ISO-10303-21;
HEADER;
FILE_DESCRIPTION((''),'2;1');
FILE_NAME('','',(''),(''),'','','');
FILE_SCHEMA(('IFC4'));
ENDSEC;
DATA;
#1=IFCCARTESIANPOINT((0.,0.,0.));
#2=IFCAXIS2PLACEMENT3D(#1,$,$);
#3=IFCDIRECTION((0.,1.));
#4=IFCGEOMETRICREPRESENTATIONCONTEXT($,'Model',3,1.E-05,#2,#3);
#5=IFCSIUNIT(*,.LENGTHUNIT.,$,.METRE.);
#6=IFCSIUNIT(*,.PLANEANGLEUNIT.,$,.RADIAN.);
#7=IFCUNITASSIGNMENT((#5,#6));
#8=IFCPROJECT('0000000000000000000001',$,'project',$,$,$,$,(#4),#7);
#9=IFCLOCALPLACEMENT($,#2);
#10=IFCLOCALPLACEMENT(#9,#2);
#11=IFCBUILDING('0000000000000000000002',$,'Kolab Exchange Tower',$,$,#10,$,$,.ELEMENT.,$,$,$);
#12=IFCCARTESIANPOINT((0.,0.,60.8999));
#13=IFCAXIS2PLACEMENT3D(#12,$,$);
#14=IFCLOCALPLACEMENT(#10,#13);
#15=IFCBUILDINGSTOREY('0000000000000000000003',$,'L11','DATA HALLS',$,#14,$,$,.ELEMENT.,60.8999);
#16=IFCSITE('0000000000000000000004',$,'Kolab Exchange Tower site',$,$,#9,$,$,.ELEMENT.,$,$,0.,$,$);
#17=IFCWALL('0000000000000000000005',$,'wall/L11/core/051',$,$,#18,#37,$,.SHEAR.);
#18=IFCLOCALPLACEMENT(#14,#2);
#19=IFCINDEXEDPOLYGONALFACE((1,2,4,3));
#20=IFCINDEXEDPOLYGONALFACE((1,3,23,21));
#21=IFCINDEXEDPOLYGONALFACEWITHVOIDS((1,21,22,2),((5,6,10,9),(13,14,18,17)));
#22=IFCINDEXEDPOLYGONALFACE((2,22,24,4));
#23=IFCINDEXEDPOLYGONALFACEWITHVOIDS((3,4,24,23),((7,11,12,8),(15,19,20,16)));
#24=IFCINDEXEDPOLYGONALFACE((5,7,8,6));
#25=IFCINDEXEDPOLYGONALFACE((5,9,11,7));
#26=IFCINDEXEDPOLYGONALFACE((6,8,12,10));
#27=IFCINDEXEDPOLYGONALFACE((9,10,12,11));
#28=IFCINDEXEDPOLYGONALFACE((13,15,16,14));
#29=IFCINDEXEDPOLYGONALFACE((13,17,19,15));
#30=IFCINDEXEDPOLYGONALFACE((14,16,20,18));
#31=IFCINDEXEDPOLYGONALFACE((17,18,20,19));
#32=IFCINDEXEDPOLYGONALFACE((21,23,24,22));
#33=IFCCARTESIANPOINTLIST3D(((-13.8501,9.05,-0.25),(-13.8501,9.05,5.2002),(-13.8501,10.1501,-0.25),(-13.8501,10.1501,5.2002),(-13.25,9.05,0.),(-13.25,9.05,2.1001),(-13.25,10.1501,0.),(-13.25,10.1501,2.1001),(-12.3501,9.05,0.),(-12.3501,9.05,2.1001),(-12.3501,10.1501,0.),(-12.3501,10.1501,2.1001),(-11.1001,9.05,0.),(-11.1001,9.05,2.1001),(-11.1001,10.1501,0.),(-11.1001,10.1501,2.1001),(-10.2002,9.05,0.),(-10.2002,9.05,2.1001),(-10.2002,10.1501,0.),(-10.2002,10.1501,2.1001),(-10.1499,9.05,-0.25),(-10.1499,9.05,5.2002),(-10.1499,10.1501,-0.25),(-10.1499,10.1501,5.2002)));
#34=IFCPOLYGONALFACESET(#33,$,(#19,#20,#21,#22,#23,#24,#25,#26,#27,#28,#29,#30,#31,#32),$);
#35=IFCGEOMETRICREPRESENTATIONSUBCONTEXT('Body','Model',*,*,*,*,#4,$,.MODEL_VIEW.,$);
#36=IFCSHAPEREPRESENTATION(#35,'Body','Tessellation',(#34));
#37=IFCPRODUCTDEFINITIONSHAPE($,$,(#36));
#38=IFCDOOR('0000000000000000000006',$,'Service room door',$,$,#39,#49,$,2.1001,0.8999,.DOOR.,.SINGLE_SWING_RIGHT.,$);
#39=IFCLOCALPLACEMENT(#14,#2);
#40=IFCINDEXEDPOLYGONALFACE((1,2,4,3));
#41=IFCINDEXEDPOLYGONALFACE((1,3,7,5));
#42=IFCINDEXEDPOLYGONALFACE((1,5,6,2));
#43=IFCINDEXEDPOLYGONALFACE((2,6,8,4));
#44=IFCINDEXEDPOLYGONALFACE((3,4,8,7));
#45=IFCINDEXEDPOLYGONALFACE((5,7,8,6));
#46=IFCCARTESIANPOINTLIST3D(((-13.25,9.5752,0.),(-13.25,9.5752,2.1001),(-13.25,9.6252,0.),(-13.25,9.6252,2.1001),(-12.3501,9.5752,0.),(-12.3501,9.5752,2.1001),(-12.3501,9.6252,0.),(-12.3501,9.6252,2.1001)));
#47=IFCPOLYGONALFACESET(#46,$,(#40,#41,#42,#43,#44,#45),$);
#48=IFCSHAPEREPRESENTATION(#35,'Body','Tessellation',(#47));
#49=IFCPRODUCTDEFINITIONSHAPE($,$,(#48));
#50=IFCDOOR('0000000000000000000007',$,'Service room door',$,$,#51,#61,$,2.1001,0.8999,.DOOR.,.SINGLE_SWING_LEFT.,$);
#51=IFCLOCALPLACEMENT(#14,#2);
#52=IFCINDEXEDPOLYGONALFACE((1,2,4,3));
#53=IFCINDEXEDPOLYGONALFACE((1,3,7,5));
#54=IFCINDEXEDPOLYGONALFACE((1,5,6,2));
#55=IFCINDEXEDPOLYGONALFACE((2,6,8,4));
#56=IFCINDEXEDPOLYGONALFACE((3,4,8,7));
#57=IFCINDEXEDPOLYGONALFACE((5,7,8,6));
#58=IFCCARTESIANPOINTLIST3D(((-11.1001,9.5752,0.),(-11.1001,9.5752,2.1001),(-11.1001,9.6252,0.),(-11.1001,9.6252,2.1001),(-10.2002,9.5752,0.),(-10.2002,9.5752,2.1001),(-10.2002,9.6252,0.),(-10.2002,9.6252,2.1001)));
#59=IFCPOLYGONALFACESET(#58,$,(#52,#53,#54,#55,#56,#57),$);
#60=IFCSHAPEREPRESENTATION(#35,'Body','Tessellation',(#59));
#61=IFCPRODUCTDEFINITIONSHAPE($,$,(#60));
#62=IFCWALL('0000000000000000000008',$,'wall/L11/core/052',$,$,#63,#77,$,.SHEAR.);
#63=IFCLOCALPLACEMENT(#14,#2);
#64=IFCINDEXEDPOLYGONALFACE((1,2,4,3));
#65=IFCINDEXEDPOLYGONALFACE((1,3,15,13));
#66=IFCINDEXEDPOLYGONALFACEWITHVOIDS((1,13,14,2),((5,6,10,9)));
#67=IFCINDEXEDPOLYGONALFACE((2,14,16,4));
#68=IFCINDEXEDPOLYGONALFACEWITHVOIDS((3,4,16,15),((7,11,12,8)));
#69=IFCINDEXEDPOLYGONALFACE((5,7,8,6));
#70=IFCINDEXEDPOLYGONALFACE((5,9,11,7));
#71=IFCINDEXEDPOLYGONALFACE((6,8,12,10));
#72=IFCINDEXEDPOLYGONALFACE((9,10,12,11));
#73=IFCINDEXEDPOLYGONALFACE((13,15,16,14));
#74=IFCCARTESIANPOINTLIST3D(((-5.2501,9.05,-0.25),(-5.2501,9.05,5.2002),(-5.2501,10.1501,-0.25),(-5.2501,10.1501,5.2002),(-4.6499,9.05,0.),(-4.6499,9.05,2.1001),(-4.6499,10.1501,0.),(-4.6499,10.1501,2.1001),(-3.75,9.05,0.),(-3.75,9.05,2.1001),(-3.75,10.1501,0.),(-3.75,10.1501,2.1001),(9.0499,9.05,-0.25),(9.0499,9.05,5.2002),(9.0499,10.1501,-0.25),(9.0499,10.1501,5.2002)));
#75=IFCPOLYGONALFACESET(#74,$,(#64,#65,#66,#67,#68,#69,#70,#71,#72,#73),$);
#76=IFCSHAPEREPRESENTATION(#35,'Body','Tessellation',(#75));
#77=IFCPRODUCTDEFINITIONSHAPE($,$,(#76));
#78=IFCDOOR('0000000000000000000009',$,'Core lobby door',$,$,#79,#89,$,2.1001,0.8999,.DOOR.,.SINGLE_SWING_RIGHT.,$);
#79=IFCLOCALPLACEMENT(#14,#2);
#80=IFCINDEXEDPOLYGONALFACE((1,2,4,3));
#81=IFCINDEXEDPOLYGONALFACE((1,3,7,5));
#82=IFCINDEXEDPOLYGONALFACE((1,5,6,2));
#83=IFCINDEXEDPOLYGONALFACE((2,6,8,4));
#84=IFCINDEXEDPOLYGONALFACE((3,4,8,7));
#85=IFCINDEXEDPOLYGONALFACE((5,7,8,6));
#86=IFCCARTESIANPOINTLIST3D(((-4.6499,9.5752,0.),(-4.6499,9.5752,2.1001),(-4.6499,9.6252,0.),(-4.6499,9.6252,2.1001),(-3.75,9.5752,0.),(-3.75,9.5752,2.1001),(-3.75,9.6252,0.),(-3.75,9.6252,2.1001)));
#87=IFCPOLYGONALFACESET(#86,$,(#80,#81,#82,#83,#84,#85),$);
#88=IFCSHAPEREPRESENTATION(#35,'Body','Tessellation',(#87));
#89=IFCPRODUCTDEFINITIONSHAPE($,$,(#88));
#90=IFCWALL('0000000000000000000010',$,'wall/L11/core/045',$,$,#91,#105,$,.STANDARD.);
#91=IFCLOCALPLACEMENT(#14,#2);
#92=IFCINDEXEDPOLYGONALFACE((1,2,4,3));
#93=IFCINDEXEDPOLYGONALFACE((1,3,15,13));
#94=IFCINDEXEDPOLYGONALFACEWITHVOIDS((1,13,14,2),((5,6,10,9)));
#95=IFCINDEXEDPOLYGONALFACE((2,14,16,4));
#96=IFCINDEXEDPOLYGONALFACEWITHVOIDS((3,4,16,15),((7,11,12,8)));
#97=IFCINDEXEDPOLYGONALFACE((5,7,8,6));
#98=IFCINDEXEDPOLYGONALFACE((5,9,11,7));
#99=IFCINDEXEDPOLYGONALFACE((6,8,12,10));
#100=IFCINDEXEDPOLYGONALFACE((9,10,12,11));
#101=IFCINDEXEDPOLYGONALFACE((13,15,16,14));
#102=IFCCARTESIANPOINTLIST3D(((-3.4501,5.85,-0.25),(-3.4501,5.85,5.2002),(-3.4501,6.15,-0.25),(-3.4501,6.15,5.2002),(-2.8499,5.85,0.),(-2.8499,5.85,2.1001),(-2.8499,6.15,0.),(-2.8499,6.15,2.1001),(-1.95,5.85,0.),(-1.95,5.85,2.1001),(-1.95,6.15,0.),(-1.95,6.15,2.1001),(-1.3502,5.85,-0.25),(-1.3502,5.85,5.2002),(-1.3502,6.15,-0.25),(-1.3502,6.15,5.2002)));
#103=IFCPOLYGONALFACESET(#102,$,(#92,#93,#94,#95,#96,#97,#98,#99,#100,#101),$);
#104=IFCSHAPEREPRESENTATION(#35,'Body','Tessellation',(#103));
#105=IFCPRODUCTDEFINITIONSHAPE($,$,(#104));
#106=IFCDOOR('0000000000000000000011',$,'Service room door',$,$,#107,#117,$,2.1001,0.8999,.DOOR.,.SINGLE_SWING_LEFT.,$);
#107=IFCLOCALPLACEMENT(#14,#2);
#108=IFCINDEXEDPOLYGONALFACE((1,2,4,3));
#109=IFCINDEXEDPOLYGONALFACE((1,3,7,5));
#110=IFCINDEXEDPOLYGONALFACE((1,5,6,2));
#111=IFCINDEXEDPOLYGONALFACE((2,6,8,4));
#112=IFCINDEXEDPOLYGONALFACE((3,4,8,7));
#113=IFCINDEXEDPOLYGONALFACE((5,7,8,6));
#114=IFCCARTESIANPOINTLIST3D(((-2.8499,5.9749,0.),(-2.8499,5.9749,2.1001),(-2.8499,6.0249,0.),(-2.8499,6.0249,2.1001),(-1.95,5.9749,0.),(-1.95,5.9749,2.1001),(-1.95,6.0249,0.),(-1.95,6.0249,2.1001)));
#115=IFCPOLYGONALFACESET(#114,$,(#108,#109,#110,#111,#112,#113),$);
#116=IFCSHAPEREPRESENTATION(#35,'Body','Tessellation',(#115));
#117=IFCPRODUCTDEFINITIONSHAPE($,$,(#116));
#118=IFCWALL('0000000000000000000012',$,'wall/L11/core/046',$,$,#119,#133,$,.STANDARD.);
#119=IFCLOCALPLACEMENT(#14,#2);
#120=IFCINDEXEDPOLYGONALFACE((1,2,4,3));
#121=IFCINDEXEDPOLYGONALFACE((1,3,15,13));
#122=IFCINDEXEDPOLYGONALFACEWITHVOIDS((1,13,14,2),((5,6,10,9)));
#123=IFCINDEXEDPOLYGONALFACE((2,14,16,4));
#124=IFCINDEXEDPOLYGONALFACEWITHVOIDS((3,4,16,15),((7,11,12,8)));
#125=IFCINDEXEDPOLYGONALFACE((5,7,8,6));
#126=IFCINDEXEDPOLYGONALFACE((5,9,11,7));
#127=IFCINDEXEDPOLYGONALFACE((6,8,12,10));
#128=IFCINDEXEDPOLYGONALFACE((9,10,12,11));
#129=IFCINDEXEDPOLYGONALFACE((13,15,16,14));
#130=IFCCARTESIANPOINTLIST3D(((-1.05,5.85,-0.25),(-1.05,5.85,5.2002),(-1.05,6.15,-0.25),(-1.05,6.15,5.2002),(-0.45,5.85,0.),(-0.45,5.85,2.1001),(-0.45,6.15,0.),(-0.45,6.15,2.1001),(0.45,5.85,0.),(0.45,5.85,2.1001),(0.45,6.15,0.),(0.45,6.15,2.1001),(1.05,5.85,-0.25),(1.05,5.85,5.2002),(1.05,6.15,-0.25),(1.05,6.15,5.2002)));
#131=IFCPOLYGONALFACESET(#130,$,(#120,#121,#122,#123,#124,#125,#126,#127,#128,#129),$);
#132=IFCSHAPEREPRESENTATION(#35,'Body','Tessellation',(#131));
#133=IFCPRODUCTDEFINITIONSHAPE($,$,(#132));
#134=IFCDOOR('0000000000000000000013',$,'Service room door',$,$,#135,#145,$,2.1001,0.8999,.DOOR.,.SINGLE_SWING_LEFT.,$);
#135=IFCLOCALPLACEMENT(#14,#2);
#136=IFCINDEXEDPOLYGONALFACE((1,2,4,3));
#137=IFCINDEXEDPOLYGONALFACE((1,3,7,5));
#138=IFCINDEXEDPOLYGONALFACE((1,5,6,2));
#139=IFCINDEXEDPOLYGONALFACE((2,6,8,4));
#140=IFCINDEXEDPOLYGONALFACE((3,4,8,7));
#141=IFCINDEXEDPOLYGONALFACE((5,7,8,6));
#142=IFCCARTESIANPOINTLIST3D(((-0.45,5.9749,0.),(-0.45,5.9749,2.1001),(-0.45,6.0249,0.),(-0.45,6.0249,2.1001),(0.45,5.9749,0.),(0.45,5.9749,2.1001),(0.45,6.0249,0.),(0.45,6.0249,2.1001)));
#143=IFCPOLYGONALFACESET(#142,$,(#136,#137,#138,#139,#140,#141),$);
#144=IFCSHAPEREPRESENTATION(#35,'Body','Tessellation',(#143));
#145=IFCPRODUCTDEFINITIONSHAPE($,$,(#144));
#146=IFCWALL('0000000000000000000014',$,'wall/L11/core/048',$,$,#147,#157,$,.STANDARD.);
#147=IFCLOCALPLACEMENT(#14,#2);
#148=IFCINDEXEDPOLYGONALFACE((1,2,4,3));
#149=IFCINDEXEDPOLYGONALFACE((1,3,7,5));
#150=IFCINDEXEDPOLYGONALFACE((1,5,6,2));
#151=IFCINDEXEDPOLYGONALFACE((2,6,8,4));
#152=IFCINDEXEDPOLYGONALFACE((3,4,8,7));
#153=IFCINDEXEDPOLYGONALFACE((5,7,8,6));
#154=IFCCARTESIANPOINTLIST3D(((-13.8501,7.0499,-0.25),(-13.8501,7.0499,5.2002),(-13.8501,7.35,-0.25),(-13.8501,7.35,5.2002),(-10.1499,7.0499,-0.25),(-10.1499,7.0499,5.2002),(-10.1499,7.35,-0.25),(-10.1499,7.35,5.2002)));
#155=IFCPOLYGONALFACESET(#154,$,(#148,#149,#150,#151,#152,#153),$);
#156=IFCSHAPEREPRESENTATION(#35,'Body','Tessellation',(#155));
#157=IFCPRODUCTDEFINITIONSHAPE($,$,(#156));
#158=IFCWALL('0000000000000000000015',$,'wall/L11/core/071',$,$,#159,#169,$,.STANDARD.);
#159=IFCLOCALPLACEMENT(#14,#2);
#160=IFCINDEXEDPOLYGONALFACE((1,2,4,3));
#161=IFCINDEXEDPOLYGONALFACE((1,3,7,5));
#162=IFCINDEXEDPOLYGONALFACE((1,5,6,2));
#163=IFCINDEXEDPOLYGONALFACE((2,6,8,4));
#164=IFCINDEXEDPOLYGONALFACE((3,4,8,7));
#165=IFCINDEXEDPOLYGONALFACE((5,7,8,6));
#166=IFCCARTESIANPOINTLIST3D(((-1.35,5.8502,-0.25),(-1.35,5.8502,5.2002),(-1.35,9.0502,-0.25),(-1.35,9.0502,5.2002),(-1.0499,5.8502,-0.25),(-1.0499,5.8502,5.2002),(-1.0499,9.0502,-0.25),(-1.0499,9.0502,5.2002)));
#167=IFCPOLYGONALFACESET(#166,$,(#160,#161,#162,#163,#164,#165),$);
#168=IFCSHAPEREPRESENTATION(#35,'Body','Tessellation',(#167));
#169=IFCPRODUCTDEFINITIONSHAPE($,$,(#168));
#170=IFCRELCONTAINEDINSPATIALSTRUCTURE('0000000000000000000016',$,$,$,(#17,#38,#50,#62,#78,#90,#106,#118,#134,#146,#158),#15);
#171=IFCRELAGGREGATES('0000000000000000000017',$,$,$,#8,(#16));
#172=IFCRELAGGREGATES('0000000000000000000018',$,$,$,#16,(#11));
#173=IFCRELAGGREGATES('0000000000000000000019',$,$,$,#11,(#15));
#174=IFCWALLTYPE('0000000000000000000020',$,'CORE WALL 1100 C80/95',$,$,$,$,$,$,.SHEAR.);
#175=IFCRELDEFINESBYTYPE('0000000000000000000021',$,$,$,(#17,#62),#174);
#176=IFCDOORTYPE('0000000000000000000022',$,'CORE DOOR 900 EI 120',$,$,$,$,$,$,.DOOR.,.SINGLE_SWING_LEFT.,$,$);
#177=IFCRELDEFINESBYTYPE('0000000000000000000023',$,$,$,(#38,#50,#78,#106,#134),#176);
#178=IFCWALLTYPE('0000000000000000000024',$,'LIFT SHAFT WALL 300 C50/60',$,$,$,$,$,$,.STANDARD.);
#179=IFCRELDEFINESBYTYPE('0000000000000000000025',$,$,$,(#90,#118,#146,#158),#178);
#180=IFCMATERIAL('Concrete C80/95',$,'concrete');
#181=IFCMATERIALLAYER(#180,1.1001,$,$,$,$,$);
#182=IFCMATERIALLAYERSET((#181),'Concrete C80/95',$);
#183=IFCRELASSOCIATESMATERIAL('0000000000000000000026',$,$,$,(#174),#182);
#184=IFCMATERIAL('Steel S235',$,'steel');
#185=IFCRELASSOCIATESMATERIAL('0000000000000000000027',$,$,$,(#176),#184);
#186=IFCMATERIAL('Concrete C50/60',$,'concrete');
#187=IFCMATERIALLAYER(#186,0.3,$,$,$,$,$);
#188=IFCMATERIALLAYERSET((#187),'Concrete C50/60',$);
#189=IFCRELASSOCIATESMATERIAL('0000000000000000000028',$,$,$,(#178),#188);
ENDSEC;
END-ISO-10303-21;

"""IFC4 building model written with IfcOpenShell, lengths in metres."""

from ifc_helpers import new_model, si_unit, direction, frame, frame_2d, origin, place, context, subcontext, project, spatial, rectangle, extrude, material, layer, layer_set, type_object, element, fill, save


model = new_model("IFC4")

# Units and contexts
model_context = context("Model", 3, precision=1e-05, world=origin(), true_north=direction((0.0, 1.0)))
body_context = subcontext(model_context, "Body", "Model", "MODEL_VIEW")
ifc_project = project(units=[si_unit("LENGTHUNIT", "METRE"), si_unit("PLANEANGLEUNIT", "RADIAN")], contexts=[model_context])

# Site, building, storey
site_placement = place(None, origin())
site = spatial("IfcSite", under=ifc_project, at=site_placement, Name="Kolab Exchange Tower site", CompositionType="ELEMENT", RefElevation=0.0)
building_placement = place(site_placement, origin())
building = spatial("IfcBuilding", under=site, at=building_placement, Name="Kolab Exchange Tower", CompositionType="ELEMENT")
storey_placement = place(building_placement, frame((0.0, 0.0, 60.8999)))
storey = spatial("IfcBuildingStorey", under=building, at=storey_placement, Name="L11", Description="DATA HALLS", CompositionType="ELEMENT", Elevation=60.8999)

# Shared definitions
ifc_material_1 = material(Name="Concrete C80/95", Category="concrete")

# Wall, openings, doors
ifc_layer_1 = layer(ifc_material_1, 1.1001)
ifc_layer_set_1 = layer_set([ifc_layer_1], Name="Concrete C80/95")
wall_type_1 = type_object("IfcWallType", Name="CORE WALL 1100 C80/95", PredefinedType="SHEAR", material=ifc_layer_set_1)
wall_1_placement = place(storey_placement, frame((-13.8501, 9.6001, -0.25), z_axis=(0.0, 0.0, 1.0), x_axis=(1.0, 0.0, 0.0)))
wall_1 = element("IfcWall", 1, at=wall_1_placement, inside=storey, type_object=wall_type_1, Name="wall/L11/core/051", PredefinedType="SHEAR", context=body_context, shape_type="SweptSolid", body=[
    extrude(rectangle(XDim=3.7002, YDim=1.1001, at=frame_2d((1.8501, 0.0))), origin(), (0.0, 0.0, 1.0), 5.4502),
])
opening_1_placement = place(wall_1_placement, frame((0.6001, 0.0, 0.25)))
opening_1 = element("IfcOpeningElement", 2, at=opening_1_placement, cuts=wall_1, PredefinedType="OPENING", context=body_context, shape_type="SweptSolid", body=[
    extrude(rectangle(XDim=0.8999, YDim=2.1001, at=frame_2d((0.45, 1.05))), frame((0.0, 0.5601, 0.0), z_axis=(0.0, -1.0, 0.0), x_axis=(1.0, 0.0, 0.0)), (0.0, 0.0, 1.0), 1.1201),
])
opening_2_placement = place(wall_1_placement, frame((2.75, 0.0, 0.25)))
opening_2 = element("IfcOpeningElement", 3, at=opening_2_placement, cuts=wall_1, PredefinedType="OPENING", context=body_context, shape_type="SweptSolid", body=[
    extrude(rectangle(XDim=0.8999, YDim=2.1001, at=frame_2d((0.45, 1.05))), frame((0.0, 0.5601, 0.0), z_axis=(0.0, -1.0, 0.0), x_axis=(1.0, 0.0, 0.0)), (0.0, 0.0, 1.0), 1.1201),
])
ifc_material_2 = material(Name="Steel S235", Category="steel")
door_type = type_object("IfcDoorType", Name="CORE DOOR 900 EI 120", OperationType="SINGLE_SWING_LEFT", PredefinedType="DOOR", material=ifc_material_2)
door_1_placement = place(opening_1_placement, frame((0.8999, 0.0, 0.0), z_axis=(0.0, 0.0, 1.0), x_axis=(-1.0, 0.0, 0.0)))
door_1 = element("IfcDoor", 4, at=door_1_placement, inside=storey, type_object=door_type, Name="Service room door", OperationType="SINGLE_SWING_RIGHT", OverallHeight=2.1001, OverallWidth=0.8999, PredefinedType="DOOR", context=body_context, shape_type="SweptSolid", body=[
    extrude(rectangle(XDim=0.8999, YDim=2.1001, at=frame_2d((0.45, 1.05))), frame((0.0, 0.0249, 0.0), z_axis=(0.0, -1.0, 0.0), x_axis=(1.0, 0.0, 0.0)), (0.0, 0.0, 1.0), 0.05),
])
fill(opening_1, door_1)
door_2_placement = place(opening_2_placement, frame((0.8999, 0.0, 0.0), z_axis=(0.0, 0.0, 1.0), x_axis=(-1.0, 0.0, 0.0)))
door_2 = element("IfcDoor", 5, at=door_2_placement, inside=storey, type_object=door_type, Name="Service room door", OperationType="SINGLE_SWING_LEFT", OverallHeight=2.1001, OverallWidth=0.8999, PredefinedType="DOOR", context=body_context, shape_type="SweptSolid", body=[
    extrude(rectangle(XDim=0.8999, YDim=2.1001, at=frame_2d((0.45, 1.05))), frame((0.0, 0.0249, 0.0), z_axis=(0.0, -1.0, 0.0), x_axis=(1.0, 0.0, 0.0)), (0.0, 0.0, 1.0), 0.05),
])
fill(opening_2, door_2)

# Walls, openings, doors
wall_2_placement = place(storey_placement, frame((-5.25, 9.6001, -0.25), z_axis=(0.0, 0.0, 1.0), x_axis=(1.0, 0.0, 0.0)))
wall_2 = element("IfcWall", 6, at=wall_2_placement, inside=storey, type_object=wall_type_1, Name="wall/L11/core/052", PredefinedType="SHEAR", context=body_context, shape_type="SweptSolid", body=[
    extrude(rectangle(XDim=14.3, YDim=1.1001, at=frame_2d((7.1499, 0.0))), origin(), (0.0, 0.0, 1.0), 5.4502),
])
opening_3_placement = place(wall_2_placement, frame((0.6001, 0.0, 0.25)))
opening_3 = element("IfcOpeningElement", 7, at=opening_3_placement, cuts=wall_2, PredefinedType="OPENING", context=body_context, shape_type="SweptSolid", body=[
    extrude(rectangle(XDim=0.8999, YDim=2.1001, at=frame_2d((0.45, 1.05))), frame((0.0, 0.5601, 0.0), z_axis=(0.0, -1.0, 0.0), x_axis=(1.0, 0.0, 0.0)), (0.0, 0.0, 1.0), 1.1201),
])
door_3_placement = place(opening_3_placement, frame((0.8999, 0.0, 0.0), z_axis=(0.0, 0.0, 1.0), x_axis=(-1.0, 0.0, 0.0)))
door_3 = element("IfcDoor", 8, at=door_3_placement, inside=storey, type_object=door_type, Name="Core lobby door", OperationType="SINGLE_SWING_RIGHT", OverallHeight=2.1001, OverallWidth=0.8999, PredefinedType="DOOR", context=body_context, shape_type="SweptSolid", body=[
    extrude(rectangle(XDim=0.8999, YDim=2.1001, at=frame_2d((0.45, 1.05))), frame((0.0, 0.0249, 0.0), z_axis=(0.0, -1.0, 0.0), x_axis=(1.0, 0.0, 0.0)), (0.0, 0.0, 1.0), 0.05),
])
fill(opening_3, door_3)
ifc_material_3 = material(Name="Concrete C50/60", Category="concrete")
ifc_layer_2 = layer(ifc_material_3, 0.3)
ifc_layer_set_2 = layer_set([ifc_layer_2], Name="Concrete C50/60")
wall_type_2 = type_object("IfcWallType", Name="LIFT SHAFT WALL 300 C50/60", PredefinedType="STANDARD", material=ifc_layer_set_2)
wall_3_placement = place(storey_placement, frame((-3.45, 6.0, -0.25), z_axis=(0.0, 0.0, 1.0), x_axis=(1.0, 0.0, 0.0)))
wall_3 = element("IfcWall", 9, at=wall_3_placement, inside=storey, type_object=wall_type_2, Name="wall/L11/core/045", PredefinedType="STANDARD", context=body_context, shape_type="SweptSolid", body=[
    extrude(rectangle(XDim=2.0999, YDim=0.3, at=frame_2d((1.0498, 0.0))), origin(), (0.0, 0.0, 1.0), 5.4502),
])
opening_4_placement = place(wall_3_placement, frame((0.6001, 0.0, 0.25)))
opening_4 = element("IfcOpeningElement", 10, at=opening_4_placement, cuts=wall_3, PredefinedType="OPENING", context=body_context, shape_type="SweptSolid", body=[
    extrude(rectangle(XDim=0.8999, YDim=2.1001, at=frame_2d((0.45, 1.05))), frame((0.0, 0.1602, 0.0), z_axis=(0.0, -1.0, 0.0), x_axis=(1.0, 0.0, 0.0)), (0.0, 0.0, 1.0), 0.3201),
])
door_4_placement = place(opening_4_placement, origin())
door_4 = element("IfcDoor", 11, at=door_4_placement, inside=storey, type_object=door_type, Name="Service room door", OperationType="SINGLE_SWING_LEFT", OverallHeight=2.1001, OverallWidth=0.8999, PredefinedType="DOOR", context=body_context, shape_type="SweptSolid", body=[
    extrude(rectangle(XDim=0.8999, YDim=2.1001, at=frame_2d((0.45, 1.05))), frame((0.0, 0.0249, 0.0), z_axis=(0.0, -1.0, 0.0), x_axis=(1.0, 0.0, 0.0)), (0.0, 0.0, 1.0), 0.05),
])
fill(opening_4, door_4)
wall_4_placement = place(storey_placement, frame((-1.05, 6.0, -0.25), z_axis=(0.0, 0.0, 1.0), x_axis=(1.0, 0.0, 0.0)))
wall_4 = element("IfcWall", 12, at=wall_4_placement, inside=storey, type_object=wall_type_2, Name="wall/L11/core/046", PredefinedType="STANDARD", context=body_context, shape_type="SweptSolid", body=[
    extrude(rectangle(XDim=2.1001, YDim=0.3, at=frame_2d((1.05, 0.0))), origin(), (0.0, 0.0, 1.0), 5.4502),
])
opening_5_placement = place(wall_4_placement, frame((0.6001, 0.0, 0.25)))
opening_5 = element("IfcOpeningElement", 13, at=opening_5_placement, cuts=wall_4, PredefinedType="OPENING", context=body_context, shape_type="SweptSolid", body=[
    extrude(rectangle(XDim=0.8999, YDim=2.1001, at=frame_2d((0.45, 1.05))), frame((0.0, 0.1602, 0.0), z_axis=(0.0, -1.0, 0.0), x_axis=(1.0, 0.0, 0.0)), (0.0, 0.0, 1.0), 0.3201),
])
door_5_placement = place(opening_5_placement, origin())
door_5 = element("IfcDoor", 14, at=door_5_placement, inside=storey, type_object=door_type, Name="Service room door", OperationType="SINGLE_SWING_LEFT", OverallHeight=2.1001, OverallWidth=0.8999, PredefinedType="DOOR", context=body_context, shape_type="SweptSolid", body=[
    extrude(rectangle(XDim=0.8999, YDim=2.1001, at=frame_2d((0.45, 1.05))), frame((0.0, 0.0249, 0.0), z_axis=(0.0, -1.0, 0.0), x_axis=(1.0, 0.0, 0.0)), (0.0, 0.0, 1.0), 0.05),
])
fill(opening_5, door_5)

# Walls
wall_5_placement = place(storey_placement, frame((-13.8501, 7.2, -0.25), z_axis=(0.0, 0.0, 1.0), x_axis=(1.0, 0.0, 0.0)))
element("IfcWall", 15, at=wall_5_placement, inside=storey, type_object=wall_type_2, Name="wall/L11/core/048", PredefinedType="STANDARD", context=body_context, shape_type="SweptSolid", body=[
    extrude(rectangle(XDim=3.7002, YDim=0.3, at=frame_2d((1.8501, 0.0))), origin(), (0.0, 0.0, 1.0), 5.4502),
])
wall_6_placement = place(storey_placement, frame((-1.2, 5.8501, -0.25), z_axis=(0.0, 0.0, 1.0), x_axis=(0.0, 1.0, 0.0)))
element("IfcWall", 16, at=wall_6_placement, inside=storey, type_object=wall_type_2, Name="wall/L11/core/071", PredefinedType="STANDARD", context=body_context, shape_type="SweptSolid", body=[
    extrude(rectangle(XDim=3.2, YDim=0.3, at=frame_2d((1.6001, 0.0))), origin(), (0.0, 0.0, 1.0), 5.4502),
])

save(model, "model.ifc")
